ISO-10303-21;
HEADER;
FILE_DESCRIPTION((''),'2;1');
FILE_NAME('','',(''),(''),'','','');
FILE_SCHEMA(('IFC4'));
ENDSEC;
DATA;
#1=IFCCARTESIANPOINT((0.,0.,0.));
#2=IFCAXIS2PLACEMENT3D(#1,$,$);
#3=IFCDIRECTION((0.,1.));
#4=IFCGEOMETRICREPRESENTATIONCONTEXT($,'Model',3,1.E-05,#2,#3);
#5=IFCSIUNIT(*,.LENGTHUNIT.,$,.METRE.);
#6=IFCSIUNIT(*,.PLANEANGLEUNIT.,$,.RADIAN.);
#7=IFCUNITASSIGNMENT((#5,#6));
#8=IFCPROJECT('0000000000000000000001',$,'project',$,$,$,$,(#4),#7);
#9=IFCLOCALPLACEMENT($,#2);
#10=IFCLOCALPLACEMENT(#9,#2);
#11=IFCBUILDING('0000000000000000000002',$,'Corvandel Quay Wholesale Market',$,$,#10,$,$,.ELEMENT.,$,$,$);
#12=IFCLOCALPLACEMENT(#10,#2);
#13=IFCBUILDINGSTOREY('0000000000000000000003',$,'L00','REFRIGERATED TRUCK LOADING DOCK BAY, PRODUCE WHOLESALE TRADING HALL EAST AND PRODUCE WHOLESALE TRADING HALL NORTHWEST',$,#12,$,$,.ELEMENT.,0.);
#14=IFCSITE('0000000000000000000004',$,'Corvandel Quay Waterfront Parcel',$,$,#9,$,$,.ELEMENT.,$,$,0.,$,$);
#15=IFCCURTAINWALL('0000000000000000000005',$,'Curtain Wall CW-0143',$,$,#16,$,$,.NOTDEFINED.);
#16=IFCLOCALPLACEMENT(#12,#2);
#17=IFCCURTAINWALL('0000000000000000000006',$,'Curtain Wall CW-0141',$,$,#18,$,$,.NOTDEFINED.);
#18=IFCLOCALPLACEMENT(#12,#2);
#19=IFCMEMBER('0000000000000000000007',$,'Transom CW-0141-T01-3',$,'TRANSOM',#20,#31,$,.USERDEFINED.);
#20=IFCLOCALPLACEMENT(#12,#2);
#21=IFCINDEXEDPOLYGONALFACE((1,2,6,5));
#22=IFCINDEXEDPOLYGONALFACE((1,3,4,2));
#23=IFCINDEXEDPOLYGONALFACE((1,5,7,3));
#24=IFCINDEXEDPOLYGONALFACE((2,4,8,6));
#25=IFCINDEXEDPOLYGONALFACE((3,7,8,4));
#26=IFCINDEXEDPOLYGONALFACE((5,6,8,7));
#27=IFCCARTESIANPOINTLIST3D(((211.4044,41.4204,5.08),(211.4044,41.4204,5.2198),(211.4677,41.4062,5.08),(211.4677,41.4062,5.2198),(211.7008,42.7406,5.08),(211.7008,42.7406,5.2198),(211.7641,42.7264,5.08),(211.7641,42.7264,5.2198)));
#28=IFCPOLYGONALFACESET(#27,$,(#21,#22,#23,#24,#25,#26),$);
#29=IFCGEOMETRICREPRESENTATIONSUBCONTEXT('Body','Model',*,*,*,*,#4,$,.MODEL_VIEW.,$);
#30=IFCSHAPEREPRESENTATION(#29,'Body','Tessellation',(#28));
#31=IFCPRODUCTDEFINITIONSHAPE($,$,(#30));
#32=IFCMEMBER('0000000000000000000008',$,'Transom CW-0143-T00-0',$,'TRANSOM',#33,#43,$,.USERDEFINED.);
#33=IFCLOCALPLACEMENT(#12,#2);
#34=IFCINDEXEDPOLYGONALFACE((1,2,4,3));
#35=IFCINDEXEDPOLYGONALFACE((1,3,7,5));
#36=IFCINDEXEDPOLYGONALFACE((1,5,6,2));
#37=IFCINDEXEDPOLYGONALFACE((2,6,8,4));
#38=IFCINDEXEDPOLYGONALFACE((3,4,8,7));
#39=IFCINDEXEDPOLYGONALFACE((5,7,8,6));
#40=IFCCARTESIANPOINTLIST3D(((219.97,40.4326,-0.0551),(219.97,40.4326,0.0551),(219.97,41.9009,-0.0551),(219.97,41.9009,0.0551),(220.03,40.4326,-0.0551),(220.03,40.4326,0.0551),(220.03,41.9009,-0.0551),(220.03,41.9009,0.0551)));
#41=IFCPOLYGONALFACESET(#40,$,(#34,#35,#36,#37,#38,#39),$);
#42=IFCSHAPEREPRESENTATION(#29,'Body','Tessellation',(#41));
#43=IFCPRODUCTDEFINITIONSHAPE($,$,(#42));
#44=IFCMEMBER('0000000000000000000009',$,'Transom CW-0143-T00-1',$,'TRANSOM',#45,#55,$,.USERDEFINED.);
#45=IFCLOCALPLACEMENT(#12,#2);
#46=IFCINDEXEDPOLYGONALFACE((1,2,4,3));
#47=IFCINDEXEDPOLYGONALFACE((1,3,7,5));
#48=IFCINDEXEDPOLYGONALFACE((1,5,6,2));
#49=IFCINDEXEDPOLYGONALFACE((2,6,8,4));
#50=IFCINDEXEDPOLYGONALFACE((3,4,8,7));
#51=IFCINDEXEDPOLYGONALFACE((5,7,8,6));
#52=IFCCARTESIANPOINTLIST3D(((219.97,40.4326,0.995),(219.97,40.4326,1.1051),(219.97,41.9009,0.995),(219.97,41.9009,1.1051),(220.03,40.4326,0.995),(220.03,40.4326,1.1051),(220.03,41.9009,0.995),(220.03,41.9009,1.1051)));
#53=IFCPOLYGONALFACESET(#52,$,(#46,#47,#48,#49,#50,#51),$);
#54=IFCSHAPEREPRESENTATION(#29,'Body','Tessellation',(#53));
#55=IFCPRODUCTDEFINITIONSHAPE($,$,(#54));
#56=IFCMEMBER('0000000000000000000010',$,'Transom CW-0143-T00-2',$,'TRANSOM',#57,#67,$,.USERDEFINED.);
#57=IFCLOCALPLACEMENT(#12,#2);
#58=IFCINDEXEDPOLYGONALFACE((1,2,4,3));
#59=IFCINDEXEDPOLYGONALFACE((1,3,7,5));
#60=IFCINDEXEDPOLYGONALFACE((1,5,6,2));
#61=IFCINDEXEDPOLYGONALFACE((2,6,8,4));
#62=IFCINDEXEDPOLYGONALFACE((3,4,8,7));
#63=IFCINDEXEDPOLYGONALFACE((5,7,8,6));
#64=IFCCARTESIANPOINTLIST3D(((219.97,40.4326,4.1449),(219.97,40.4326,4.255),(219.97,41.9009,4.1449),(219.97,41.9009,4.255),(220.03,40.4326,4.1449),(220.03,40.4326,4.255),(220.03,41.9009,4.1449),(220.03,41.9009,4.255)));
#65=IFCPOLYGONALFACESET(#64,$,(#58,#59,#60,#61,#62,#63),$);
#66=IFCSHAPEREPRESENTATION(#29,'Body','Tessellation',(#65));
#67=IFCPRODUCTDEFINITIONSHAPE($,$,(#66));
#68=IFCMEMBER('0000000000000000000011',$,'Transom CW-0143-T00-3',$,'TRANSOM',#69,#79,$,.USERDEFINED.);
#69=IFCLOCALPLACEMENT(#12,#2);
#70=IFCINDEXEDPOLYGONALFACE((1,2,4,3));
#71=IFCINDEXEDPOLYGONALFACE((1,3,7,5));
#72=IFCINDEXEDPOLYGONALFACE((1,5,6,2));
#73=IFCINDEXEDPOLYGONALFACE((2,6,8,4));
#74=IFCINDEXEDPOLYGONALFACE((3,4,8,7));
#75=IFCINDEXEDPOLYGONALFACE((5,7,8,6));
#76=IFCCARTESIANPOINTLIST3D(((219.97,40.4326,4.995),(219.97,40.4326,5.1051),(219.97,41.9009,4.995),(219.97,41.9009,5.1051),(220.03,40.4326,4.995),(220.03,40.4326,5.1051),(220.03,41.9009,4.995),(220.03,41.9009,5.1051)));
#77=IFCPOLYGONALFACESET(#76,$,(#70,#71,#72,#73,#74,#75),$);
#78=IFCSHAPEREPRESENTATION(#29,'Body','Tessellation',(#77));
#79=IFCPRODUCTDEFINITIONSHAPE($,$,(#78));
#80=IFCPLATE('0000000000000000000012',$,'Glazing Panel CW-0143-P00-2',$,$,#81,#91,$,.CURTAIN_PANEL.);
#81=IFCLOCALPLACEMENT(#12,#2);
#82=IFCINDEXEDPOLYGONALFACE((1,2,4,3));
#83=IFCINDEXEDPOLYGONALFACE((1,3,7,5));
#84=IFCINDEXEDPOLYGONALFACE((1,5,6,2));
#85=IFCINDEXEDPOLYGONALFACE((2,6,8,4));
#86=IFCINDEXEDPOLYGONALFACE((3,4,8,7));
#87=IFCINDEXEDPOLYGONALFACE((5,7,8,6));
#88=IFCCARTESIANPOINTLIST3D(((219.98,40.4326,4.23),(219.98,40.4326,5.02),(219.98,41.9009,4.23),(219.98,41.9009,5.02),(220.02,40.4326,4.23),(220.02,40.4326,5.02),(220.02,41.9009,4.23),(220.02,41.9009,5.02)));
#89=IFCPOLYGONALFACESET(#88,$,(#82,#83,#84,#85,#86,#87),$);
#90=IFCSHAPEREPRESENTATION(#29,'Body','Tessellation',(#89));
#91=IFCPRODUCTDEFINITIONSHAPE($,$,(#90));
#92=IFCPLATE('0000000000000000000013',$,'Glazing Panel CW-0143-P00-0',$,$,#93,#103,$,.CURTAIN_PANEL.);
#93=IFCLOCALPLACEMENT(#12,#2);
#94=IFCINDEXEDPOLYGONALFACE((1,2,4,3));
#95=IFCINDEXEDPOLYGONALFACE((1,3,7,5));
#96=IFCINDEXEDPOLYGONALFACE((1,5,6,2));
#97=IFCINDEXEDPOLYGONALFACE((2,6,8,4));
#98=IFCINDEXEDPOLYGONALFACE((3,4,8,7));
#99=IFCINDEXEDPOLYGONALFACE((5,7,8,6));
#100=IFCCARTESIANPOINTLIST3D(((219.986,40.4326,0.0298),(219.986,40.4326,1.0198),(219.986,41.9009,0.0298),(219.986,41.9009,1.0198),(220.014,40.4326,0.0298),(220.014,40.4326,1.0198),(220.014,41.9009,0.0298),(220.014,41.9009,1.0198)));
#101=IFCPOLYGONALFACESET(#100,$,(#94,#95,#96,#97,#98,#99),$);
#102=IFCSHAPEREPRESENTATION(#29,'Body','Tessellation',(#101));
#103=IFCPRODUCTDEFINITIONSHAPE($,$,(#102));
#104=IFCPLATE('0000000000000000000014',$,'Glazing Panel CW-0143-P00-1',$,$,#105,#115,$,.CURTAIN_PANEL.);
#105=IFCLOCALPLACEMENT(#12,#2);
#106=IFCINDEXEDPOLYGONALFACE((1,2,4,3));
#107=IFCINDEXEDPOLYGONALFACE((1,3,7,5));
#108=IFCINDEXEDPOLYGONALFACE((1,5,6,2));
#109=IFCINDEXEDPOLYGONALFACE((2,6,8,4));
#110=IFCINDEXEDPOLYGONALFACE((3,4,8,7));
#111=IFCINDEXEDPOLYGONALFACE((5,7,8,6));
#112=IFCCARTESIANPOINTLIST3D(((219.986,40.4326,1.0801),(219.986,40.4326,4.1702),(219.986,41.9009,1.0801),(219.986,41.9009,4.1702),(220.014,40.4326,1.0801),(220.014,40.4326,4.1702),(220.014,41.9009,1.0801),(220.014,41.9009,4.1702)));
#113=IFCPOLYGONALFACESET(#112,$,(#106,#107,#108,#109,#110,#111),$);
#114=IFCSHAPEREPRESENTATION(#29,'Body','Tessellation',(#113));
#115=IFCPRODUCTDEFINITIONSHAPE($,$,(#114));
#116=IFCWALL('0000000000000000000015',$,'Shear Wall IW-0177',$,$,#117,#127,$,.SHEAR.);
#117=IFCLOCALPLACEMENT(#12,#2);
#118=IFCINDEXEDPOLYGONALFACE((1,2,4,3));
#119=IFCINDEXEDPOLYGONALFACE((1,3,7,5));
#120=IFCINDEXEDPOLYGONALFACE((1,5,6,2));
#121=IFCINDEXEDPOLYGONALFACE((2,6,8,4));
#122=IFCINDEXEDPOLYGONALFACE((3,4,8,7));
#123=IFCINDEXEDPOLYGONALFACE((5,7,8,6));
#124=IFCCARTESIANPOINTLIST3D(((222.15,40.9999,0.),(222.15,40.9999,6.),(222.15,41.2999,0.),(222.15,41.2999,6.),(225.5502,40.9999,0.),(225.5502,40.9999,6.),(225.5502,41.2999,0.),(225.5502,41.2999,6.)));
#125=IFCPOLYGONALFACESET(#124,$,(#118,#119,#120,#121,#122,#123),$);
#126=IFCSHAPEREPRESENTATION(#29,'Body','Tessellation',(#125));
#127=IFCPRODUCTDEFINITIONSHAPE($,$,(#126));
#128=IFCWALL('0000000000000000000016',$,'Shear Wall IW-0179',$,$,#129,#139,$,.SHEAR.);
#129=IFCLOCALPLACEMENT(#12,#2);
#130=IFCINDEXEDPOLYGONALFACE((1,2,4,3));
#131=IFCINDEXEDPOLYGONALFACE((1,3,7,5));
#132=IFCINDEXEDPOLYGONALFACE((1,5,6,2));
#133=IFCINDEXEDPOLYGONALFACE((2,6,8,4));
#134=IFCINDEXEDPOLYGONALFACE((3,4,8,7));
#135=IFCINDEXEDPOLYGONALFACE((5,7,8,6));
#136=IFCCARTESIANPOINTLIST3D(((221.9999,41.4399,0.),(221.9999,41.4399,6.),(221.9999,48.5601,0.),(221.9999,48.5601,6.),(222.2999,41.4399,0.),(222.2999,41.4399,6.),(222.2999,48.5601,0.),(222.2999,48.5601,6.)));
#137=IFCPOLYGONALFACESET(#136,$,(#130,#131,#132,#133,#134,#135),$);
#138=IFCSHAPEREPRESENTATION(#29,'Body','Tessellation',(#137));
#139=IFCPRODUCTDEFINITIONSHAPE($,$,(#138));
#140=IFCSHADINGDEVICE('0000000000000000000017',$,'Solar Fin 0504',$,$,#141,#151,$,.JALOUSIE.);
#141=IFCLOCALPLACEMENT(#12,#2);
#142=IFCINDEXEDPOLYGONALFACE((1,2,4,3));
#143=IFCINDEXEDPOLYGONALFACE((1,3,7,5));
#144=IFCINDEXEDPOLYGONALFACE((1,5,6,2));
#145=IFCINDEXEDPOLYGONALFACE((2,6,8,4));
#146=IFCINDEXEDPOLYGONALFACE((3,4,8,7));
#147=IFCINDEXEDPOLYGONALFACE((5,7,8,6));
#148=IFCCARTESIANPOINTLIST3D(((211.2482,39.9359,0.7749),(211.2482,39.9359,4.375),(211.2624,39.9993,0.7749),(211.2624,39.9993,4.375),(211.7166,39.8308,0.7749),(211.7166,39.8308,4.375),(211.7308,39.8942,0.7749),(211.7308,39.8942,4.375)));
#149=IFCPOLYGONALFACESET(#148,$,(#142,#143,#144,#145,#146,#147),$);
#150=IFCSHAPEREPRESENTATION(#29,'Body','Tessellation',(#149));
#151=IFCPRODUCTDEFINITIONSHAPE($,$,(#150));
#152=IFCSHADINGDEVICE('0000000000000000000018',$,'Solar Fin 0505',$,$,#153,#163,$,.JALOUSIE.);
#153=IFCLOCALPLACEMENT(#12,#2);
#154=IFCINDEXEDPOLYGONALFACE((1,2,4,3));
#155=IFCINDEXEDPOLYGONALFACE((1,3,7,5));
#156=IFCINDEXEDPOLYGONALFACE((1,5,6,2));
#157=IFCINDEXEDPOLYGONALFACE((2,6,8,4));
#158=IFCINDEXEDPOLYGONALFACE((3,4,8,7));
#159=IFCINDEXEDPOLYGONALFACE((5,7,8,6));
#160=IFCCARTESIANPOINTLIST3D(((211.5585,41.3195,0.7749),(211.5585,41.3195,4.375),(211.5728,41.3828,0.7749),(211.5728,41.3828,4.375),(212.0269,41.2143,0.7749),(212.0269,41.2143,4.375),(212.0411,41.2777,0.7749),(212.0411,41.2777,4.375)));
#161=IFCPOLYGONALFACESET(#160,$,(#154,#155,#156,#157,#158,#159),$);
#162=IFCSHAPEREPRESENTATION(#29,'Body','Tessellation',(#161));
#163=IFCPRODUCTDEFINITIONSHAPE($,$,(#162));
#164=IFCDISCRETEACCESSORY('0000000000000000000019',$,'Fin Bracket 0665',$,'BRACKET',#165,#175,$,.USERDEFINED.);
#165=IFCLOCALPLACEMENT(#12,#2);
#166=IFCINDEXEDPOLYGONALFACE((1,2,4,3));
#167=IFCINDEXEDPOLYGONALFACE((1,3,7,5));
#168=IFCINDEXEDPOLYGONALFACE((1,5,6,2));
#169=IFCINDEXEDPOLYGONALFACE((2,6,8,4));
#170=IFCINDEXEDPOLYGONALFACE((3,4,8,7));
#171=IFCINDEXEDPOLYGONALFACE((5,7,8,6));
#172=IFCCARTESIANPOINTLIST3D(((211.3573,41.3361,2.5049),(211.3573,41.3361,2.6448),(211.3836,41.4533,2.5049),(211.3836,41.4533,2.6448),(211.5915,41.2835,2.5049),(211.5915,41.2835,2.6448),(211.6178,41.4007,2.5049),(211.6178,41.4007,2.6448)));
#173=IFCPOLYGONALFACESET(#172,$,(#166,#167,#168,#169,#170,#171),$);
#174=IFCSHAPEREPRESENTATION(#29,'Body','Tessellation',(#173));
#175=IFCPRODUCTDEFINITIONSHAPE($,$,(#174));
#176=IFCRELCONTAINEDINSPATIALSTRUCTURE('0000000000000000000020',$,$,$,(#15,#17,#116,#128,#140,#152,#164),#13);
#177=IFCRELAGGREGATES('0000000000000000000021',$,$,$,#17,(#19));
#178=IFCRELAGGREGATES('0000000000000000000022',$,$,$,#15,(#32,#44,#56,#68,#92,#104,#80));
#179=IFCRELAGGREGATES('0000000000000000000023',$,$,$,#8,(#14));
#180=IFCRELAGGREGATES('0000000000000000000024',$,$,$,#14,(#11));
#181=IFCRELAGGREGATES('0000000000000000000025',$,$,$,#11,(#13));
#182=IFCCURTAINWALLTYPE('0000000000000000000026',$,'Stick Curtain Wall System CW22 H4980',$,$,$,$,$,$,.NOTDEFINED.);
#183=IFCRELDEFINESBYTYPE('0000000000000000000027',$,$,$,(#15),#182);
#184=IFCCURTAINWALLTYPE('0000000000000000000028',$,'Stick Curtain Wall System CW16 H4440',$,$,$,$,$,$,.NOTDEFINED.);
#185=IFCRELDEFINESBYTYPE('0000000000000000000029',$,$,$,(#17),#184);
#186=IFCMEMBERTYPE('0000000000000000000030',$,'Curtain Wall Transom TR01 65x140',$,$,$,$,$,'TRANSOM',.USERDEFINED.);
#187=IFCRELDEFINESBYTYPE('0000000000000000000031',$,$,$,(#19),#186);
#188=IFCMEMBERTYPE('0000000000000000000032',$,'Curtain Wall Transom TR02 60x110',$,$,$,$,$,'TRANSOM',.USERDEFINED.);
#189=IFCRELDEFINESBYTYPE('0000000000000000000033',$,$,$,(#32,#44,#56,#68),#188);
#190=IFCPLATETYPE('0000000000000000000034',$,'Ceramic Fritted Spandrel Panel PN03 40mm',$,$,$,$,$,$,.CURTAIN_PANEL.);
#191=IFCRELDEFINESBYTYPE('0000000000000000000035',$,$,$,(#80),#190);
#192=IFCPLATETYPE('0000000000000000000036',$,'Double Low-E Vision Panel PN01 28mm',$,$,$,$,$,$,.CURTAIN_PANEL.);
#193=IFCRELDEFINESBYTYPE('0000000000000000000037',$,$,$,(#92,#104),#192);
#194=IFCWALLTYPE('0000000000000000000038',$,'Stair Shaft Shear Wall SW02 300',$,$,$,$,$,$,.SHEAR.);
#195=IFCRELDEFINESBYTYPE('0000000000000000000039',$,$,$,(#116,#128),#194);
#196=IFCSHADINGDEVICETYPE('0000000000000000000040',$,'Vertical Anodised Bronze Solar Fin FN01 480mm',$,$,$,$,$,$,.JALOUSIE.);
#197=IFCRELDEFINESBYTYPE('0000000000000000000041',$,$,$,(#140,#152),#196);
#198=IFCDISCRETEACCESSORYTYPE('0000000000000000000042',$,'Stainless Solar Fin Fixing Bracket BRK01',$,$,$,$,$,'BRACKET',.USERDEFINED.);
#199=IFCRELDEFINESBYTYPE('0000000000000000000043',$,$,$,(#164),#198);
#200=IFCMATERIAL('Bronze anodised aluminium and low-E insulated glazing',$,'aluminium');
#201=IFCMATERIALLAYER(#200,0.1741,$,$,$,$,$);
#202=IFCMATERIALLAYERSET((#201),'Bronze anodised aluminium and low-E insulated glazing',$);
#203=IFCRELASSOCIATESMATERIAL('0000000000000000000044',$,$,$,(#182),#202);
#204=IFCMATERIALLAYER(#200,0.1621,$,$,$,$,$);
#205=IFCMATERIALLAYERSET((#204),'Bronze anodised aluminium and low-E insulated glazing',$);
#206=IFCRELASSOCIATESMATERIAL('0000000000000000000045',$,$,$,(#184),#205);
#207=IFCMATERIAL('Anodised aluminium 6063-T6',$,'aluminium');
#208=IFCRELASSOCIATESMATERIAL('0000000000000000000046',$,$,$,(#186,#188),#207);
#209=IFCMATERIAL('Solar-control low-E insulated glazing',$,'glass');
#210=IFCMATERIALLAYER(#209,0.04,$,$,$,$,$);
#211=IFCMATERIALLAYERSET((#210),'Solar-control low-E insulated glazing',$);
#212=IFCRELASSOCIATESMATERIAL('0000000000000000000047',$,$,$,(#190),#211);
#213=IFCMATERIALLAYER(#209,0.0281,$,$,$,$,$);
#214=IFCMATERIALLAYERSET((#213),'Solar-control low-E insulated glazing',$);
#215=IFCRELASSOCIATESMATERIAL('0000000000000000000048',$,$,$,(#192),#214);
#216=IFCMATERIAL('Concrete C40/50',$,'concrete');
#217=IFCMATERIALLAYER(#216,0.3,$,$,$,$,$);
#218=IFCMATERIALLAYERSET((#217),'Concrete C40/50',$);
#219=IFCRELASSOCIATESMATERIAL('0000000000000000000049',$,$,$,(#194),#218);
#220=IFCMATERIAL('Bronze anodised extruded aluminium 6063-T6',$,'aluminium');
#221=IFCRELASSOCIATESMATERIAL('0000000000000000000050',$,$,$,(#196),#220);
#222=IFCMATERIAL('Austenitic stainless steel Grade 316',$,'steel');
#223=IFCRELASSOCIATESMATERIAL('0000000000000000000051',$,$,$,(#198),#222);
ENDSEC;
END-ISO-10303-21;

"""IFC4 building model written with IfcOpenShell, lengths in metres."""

from ifc_helpers import new_model, si_unit, direction, frame, frame_2d, origin, origin_2d, place, context, subcontext, project, spatial, rectangle, extrude, material, layer, layer_set, material_profile, profile_set, type_object, element, aggregate, save


model = new_model("IFC4")

# Units and contexts
model_context = context("Model", 3, precision=1e-05, world=origin(), true_north=direction((0.0, 1.0)))
body_context = subcontext(model_context, "Body", "Model", "MODEL_VIEW")
ifc_project = project(units=[si_unit("LENGTHUNIT", "METRE"), si_unit("PLANEANGLEUNIT", "RADIAN")], contexts=[model_context])

# Site, building, storey
site_placement = place(None, origin())
site = spatial("IfcSite", under=ifc_project, at=site_placement, Name="Corvandel Quay Waterfront Parcel", CompositionType="ELEMENT", RefElevation=0.0)
building_placement = place(site_placement, origin())
building = spatial("IfcBuilding", under=site, at=building_placement, Name="Corvandel Quay Wholesale Market", CompositionType="ELEMENT")
storey_placement = place(building_placement, origin())
storey = spatial("IfcBuildingStorey", under=building, at=storey_placement, Name="L00", Description="REFRIGERATED TRUCK LOADING DOCK BAY, PRODUCE WHOLESALE TRADING HALL EAST AND PRODUCE WHOLESALE TRADING HALL NORTHWEST", CompositionType="ELEMENT", Elevation=0.0)

# Shared definitions
ifc_material_1 = material(Name="Concrete C40/50", Category="concrete")

# Curtain wall
ifc_material_2 = material(Name="Bronze anodised aluminium and low-E insulated glazing", Category="aluminium")
ifc_layer_1 = layer(ifc_material_2, 0.1741)
ifc_layer_set_1 = layer_set([ifc_layer_1], Name="Bronze anodised aluminium and low-E insulated glazing")
curtain_wall_type_1 = type_object("IfcCurtainWallType", Name="Stick Curtain Wall System CW22 H4980", PredefinedType="NOTDEFINED", material=ifc_layer_set_1)
curtain_wall_1_placement = place(storey_placement, origin())
curtain_wall_1 = element("IfcCurtainWall", 1, at=curtain_wall_1_placement, inside=storey, type_object=curtain_wall_type_1, Name="Curtain Wall CW-0143", PredefinedType="NOTDEFINED")
ifc_material_3 = material(Name="Anodised aluminium 6063-T6", Category="aluminium")

# Curtain wall, member
ifc_layer_2 = layer(ifc_material_2, 0.1621)
ifc_layer_set_2 = layer_set([ifc_layer_2], Name="Bronze anodised aluminium and low-E insulated glazing")
curtain_wall_type_2 = type_object("IfcCurtainWallType", Name="Stick Curtain Wall System CW16 H4440", PredefinedType="NOTDEFINED", material=ifc_layer_set_2)
curtain_wall_2_placement = place(storey_placement, origin())
curtain_wall_2 = element("IfcCurtainWall", 2, at=curtain_wall_2_placement, inside=storey, type_object=curtain_wall_type_2, Name="Curtain Wall CW-0141", PredefinedType="NOTDEFINED")
ifc_material_profile_1 = material_profile(ifc_material_3, rectangle(XDim=0.0649, YDim=0.1399, at=origin_2d()), Name="ALU-TRN-65x140")
ifc_profile_set_1 = profile_set([ifc_material_profile_1], Name="Anodised aluminium 6063-T6")
member_type_1 = type_object("IfcMemberType", Name="Curtain Wall Transom TR01 65x140", ElementType="TRANSOM", PredefinedType="USERDEFINED", material=ifc_profile_set_1)
member_1_placement = place(storey_placement, frame((211.436, 41.4133, 5.1499), z_axis=(0.21907, 0.975709, 0.0), x_axis=(-0.975709, 0.21907, 0.0)))
member_1 = element("IfcMember", 3, at=member_1_placement, type_object=member_type_1, Name="Transom CW-0141-T01-3", ObjectType="TRANSOM", PredefinedType="USERDEFINED", context=body_context, shape_type="SweptSolid", body=[
    extrude(rectangle(XDim=0.0649, YDim=0.1399, at=origin_2d()), origin(), (0.0, 0.0, 1.0), 1.353),
])
aggregate(curtain_wall_2, [member_1])

# Members
ifc_material_profile_2 = material_profile(ifc_material_3, rectangle(XDim=0.0601, YDim=0.1101, at=origin_2d()), Name="ALU-TRN-60x110")
ifc_profile_set_2 = profile_set([ifc_material_profile_2], Name="Anodised aluminium 6063-T6")
member_type_2 = type_object("IfcMemberType", Name="Curtain Wall Transom TR02 60x110", ElementType="TRANSOM", PredefinedType="USERDEFINED", material=ifc_profile_set_2)
member_2_placement = place(storey_placement, frame((220.0, 40.4326, 0.0), z_axis=(0.0, 1.0, 0.0), x_axis=(-1.0, 0.0, 0.0)))
member_2 = element("IfcMember", 4, at=member_2_placement, type_object=member_type_2, Name="Transom CW-0143-T00-0", ObjectType="TRANSOM", PredefinedType="USERDEFINED", context=body_context, shape_type="SweptSolid", body=[
    extrude(rectangle(XDim=0.0601, YDim=0.1101, at=origin_2d()), origin(), (0.0, 0.0, 1.0), 1.4683),
])
member_3_placement = place(storey_placement, frame((220.0, 40.4326, 1.05), z_axis=(0.0, 1.0, 0.0), x_axis=(-1.0, 0.0, 0.0)))
member_3 = element("IfcMember", 5, at=member_3_placement, type_object=member_type_2, Name="Transom CW-0143-T00-1", ObjectType="TRANSOM", PredefinedType="USERDEFINED", context=body_context, shape_type="SweptSolid", body=[
    extrude(rectangle(XDim=0.0601, YDim=0.1101, at=origin_2d()), origin(), (0.0, 0.0, 1.0), 1.4683),
])
member_4_placement = place(storey_placement, frame((220.0, 40.4326, 4.2), z_axis=(0.0, 1.0, 0.0), x_axis=(-1.0, 0.0, 0.0)))
member_4 = element("IfcMember", 6, at=member_4_placement, type_object=member_type_2, Name="Transom CW-0143-T00-2", ObjectType="TRANSOM", PredefinedType="USERDEFINED", context=body_context, shape_type="SweptSolid", body=[
    extrude(rectangle(XDim=0.0601, YDim=0.1101, at=origin_2d()), origin(), (0.0, 0.0, 1.0), 1.4683),
])
member_5_placement = place(storey_placement, frame((220.0, 40.4326, 5.05), z_axis=(0.0, 1.0, 0.0), x_axis=(-1.0, 0.0, 0.0)))
member_5 = element("IfcMember", 7, at=member_5_placement, type_object=member_type_2, Name="Transom CW-0143-T00-3", ObjectType="TRANSOM", PredefinedType="USERDEFINED", context=body_context, shape_type="SweptSolid", body=[
    extrude(rectangle(XDim=0.0601, YDim=0.1101, at=origin_2d()), origin(), (0.0, 0.0, 1.0), 1.4683),
])

# Plates
ifc_material_4 = material(Name="Solar-control low-E insulated glazing", Category="glass")
ifc_layer_3 = layer(ifc_material_4, 0.04)
ifc_layer_set_3 = layer_set([ifc_layer_3], Name="Solar-control low-E insulated glazing")
plate_type_1 = type_object("IfcPlateType", Name="Ceramic Fritted Spandrel Panel PN03 40mm", PredefinedType="CURTAIN_PANEL", material=ifc_layer_set_3)
plate_1_placement = place(storey_placement, frame((220.0, 41.1667, 4.23), z_axis=(0.0, 0.0, 1.0), x_axis=(0.0, 1.0, 0.0)))
plate_1 = element("IfcPlate", 8, at=plate_1_placement, type_object=plate_type_1, Name="Glazing Panel CW-0143-P00-2", PredefinedType="CURTAIN_PANEL", context=body_context, shape_type="SweptSolid", body=[
    extrude(rectangle(XDim=1.4683, YDim=0.04, at=origin_2d()), origin(), (0.0, 0.0, 1.0), 0.79),
])
ifc_layer_4 = layer(ifc_material_4, 0.0281)
ifc_layer_set_4 = layer_set([ifc_layer_4], Name="Solar-control low-E insulated glazing")
plate_type_2 = type_object("IfcPlateType", Name="Double Low-E Vision Panel PN01 28mm", PredefinedType="CURTAIN_PANEL", material=ifc_layer_set_4)
plate_2_placement = place(storey_placement, frame((220.0, 41.1667, 0.0298), z_axis=(0.0, 0.0, 1.0), x_axis=(0.0, 1.0, 0.0)))
plate_2 = element("IfcPlate", 9, at=plate_2_placement, type_object=plate_type_2, Name="Glazing Panel CW-0143-P00-0", PredefinedType="CURTAIN_PANEL", context=body_context, shape_type="SweptSolid", body=[
    extrude(rectangle(XDim=1.4683, YDim=0.0281, at=origin_2d()), origin(), (0.0, 0.0, 1.0), 0.99),
])
plate_3_placement = place(storey_placement, frame((220.0, 41.1667, 1.0801), z_axis=(0.0, 0.0, 1.0), x_axis=(0.0, 1.0, 0.0)))
plate_3 = element("IfcPlate", 10, at=plate_3_placement, type_object=plate_type_2, Name="Glazing Panel CW-0143-P00-1", PredefinedType="CURTAIN_PANEL", context=body_context, shape_type="SweptSolid", body=[
    extrude(rectangle(XDim=1.4683, YDim=0.0281, at=origin_2d()), origin(), (0.0, 0.0, 1.0), 3.0901),
])
aggregate(curtain_wall_1, [member_2, member_3, member_4, member_5, plate_2, plate_3, plate_1])

# Walls
ifc_layer_5 = layer(ifc_material_1, 0.3)
ifc_layer_set_5 = layer_set([ifc_layer_5], Name="Concrete C40/50")
wall_type = type_object("IfcWallType", Name="Stair Shaft Shear Wall SW02 300", PredefinedType="SHEAR", material=ifc_layer_set_5)
wall_1_placement = place(storey_placement, frame((222.1499, 41.1499, 0.0), z_axis=(0.0, 0.0, 1.0), x_axis=(1.0, 0.0, 0.0)))
element("IfcWall", 11, at=wall_1_placement, inside=storey, type_object=wall_type, Name="Shear Wall IW-0177", PredefinedType="SHEAR", context=body_context, shape_type="SweptSolid", body=[
    extrude(rectangle(XDim=3.4001, YDim=0.3, at=frame_2d((1.7002, 0.0))), origin(), (0.0, 0.0, 1.0), 6.0),
])
wall_2_placement = place(storey_placement, frame((222.1499, 41.4399, 0.0), z_axis=(0.0, 0.0, 1.0), x_axis=(0.0, 1.0, 0.0)))
element("IfcWall", 12, at=wall_2_placement, inside=storey, type_object=wall_type, Name="Shear Wall IW-0179", PredefinedType="SHEAR", context=body_context, shape_type="SweptSolid", body=[
    extrude(rectangle(XDim=7.1201, YDim=0.3, at=frame_2d((3.5601, 0.0))), origin(), (0.0, 0.0, 1.0), 6.0),
])

# Shading devices
ifc_material_5 = material(Name="Bronze anodised extruded aluminium 6063-T6", Category="aluminium")
shading_device_type = type_object("IfcShadingDeviceType", Name="Vertical Anodised Bronze Solar Fin FN01 480mm", PredefinedType="JALOUSIE", material=ifc_material_5)
for number, where, z_axis, x_axis, name in (
    (13, (211.4895, 39.915, 0.7749), (0.0, 0.0, 1.0), (-0.975726, 0.218995, 0.0), "Solar Fin 0504"),
    (14, (211.7998, 41.2986, 0.7749), (0.0, 0.0, 1.0), (-0.975726, 0.218995, 0.0), "Solar Fin 0505"),
):
    element("IfcShadingDevice", number, at=place(storey_placement, frame(where, z_axis=z_axis, x_axis=x_axis)), inside=storey, type_object=shading_device_type, Name=name, PredefinedType="JALOUSIE", context=body_context, shape_type="SweptSolid", body=[
        extrude(rectangle(XDim=0.48, YDim=0.0649, at=origin_2d()), origin(), (0.0, 0.0, 1.0), 3.6001),
    ])

# Discrete accessory
ifc_material_6 = material(Name="Austenitic stainless steel Grade 316", Category="steel")
discrete_accessory_type = type_object("IfcDiscreteAccessoryType", Name="Stainless Solar Fin Fixing Bracket BRK01", ElementType="BRACKET", PredefinedType="USERDEFINED", material=ifc_material_6)
discrete_accessory_placement = place(storey_placement, frame((211.4875, 41.3684, 2.5049), z_axis=(0.0, 0.0, 1.0), x_axis=(-0.975726, 0.218995, 0.0)))
element("IfcDiscreteAccessory", 15, at=discrete_accessory_placement, inside=storey, type_object=discrete_accessory_type, Name="Fin Bracket 0665", ObjectType="BRACKET", PredefinedType="USERDEFINED", context=body_context, shape_type="SweptSolid", body=[
    extrude(rectangle(XDim=0.24, YDim=0.1201, at=origin_2d()), origin(), (0.0, 0.0, 1.0), 0.1399),
])

save(model, "model.ifc")
